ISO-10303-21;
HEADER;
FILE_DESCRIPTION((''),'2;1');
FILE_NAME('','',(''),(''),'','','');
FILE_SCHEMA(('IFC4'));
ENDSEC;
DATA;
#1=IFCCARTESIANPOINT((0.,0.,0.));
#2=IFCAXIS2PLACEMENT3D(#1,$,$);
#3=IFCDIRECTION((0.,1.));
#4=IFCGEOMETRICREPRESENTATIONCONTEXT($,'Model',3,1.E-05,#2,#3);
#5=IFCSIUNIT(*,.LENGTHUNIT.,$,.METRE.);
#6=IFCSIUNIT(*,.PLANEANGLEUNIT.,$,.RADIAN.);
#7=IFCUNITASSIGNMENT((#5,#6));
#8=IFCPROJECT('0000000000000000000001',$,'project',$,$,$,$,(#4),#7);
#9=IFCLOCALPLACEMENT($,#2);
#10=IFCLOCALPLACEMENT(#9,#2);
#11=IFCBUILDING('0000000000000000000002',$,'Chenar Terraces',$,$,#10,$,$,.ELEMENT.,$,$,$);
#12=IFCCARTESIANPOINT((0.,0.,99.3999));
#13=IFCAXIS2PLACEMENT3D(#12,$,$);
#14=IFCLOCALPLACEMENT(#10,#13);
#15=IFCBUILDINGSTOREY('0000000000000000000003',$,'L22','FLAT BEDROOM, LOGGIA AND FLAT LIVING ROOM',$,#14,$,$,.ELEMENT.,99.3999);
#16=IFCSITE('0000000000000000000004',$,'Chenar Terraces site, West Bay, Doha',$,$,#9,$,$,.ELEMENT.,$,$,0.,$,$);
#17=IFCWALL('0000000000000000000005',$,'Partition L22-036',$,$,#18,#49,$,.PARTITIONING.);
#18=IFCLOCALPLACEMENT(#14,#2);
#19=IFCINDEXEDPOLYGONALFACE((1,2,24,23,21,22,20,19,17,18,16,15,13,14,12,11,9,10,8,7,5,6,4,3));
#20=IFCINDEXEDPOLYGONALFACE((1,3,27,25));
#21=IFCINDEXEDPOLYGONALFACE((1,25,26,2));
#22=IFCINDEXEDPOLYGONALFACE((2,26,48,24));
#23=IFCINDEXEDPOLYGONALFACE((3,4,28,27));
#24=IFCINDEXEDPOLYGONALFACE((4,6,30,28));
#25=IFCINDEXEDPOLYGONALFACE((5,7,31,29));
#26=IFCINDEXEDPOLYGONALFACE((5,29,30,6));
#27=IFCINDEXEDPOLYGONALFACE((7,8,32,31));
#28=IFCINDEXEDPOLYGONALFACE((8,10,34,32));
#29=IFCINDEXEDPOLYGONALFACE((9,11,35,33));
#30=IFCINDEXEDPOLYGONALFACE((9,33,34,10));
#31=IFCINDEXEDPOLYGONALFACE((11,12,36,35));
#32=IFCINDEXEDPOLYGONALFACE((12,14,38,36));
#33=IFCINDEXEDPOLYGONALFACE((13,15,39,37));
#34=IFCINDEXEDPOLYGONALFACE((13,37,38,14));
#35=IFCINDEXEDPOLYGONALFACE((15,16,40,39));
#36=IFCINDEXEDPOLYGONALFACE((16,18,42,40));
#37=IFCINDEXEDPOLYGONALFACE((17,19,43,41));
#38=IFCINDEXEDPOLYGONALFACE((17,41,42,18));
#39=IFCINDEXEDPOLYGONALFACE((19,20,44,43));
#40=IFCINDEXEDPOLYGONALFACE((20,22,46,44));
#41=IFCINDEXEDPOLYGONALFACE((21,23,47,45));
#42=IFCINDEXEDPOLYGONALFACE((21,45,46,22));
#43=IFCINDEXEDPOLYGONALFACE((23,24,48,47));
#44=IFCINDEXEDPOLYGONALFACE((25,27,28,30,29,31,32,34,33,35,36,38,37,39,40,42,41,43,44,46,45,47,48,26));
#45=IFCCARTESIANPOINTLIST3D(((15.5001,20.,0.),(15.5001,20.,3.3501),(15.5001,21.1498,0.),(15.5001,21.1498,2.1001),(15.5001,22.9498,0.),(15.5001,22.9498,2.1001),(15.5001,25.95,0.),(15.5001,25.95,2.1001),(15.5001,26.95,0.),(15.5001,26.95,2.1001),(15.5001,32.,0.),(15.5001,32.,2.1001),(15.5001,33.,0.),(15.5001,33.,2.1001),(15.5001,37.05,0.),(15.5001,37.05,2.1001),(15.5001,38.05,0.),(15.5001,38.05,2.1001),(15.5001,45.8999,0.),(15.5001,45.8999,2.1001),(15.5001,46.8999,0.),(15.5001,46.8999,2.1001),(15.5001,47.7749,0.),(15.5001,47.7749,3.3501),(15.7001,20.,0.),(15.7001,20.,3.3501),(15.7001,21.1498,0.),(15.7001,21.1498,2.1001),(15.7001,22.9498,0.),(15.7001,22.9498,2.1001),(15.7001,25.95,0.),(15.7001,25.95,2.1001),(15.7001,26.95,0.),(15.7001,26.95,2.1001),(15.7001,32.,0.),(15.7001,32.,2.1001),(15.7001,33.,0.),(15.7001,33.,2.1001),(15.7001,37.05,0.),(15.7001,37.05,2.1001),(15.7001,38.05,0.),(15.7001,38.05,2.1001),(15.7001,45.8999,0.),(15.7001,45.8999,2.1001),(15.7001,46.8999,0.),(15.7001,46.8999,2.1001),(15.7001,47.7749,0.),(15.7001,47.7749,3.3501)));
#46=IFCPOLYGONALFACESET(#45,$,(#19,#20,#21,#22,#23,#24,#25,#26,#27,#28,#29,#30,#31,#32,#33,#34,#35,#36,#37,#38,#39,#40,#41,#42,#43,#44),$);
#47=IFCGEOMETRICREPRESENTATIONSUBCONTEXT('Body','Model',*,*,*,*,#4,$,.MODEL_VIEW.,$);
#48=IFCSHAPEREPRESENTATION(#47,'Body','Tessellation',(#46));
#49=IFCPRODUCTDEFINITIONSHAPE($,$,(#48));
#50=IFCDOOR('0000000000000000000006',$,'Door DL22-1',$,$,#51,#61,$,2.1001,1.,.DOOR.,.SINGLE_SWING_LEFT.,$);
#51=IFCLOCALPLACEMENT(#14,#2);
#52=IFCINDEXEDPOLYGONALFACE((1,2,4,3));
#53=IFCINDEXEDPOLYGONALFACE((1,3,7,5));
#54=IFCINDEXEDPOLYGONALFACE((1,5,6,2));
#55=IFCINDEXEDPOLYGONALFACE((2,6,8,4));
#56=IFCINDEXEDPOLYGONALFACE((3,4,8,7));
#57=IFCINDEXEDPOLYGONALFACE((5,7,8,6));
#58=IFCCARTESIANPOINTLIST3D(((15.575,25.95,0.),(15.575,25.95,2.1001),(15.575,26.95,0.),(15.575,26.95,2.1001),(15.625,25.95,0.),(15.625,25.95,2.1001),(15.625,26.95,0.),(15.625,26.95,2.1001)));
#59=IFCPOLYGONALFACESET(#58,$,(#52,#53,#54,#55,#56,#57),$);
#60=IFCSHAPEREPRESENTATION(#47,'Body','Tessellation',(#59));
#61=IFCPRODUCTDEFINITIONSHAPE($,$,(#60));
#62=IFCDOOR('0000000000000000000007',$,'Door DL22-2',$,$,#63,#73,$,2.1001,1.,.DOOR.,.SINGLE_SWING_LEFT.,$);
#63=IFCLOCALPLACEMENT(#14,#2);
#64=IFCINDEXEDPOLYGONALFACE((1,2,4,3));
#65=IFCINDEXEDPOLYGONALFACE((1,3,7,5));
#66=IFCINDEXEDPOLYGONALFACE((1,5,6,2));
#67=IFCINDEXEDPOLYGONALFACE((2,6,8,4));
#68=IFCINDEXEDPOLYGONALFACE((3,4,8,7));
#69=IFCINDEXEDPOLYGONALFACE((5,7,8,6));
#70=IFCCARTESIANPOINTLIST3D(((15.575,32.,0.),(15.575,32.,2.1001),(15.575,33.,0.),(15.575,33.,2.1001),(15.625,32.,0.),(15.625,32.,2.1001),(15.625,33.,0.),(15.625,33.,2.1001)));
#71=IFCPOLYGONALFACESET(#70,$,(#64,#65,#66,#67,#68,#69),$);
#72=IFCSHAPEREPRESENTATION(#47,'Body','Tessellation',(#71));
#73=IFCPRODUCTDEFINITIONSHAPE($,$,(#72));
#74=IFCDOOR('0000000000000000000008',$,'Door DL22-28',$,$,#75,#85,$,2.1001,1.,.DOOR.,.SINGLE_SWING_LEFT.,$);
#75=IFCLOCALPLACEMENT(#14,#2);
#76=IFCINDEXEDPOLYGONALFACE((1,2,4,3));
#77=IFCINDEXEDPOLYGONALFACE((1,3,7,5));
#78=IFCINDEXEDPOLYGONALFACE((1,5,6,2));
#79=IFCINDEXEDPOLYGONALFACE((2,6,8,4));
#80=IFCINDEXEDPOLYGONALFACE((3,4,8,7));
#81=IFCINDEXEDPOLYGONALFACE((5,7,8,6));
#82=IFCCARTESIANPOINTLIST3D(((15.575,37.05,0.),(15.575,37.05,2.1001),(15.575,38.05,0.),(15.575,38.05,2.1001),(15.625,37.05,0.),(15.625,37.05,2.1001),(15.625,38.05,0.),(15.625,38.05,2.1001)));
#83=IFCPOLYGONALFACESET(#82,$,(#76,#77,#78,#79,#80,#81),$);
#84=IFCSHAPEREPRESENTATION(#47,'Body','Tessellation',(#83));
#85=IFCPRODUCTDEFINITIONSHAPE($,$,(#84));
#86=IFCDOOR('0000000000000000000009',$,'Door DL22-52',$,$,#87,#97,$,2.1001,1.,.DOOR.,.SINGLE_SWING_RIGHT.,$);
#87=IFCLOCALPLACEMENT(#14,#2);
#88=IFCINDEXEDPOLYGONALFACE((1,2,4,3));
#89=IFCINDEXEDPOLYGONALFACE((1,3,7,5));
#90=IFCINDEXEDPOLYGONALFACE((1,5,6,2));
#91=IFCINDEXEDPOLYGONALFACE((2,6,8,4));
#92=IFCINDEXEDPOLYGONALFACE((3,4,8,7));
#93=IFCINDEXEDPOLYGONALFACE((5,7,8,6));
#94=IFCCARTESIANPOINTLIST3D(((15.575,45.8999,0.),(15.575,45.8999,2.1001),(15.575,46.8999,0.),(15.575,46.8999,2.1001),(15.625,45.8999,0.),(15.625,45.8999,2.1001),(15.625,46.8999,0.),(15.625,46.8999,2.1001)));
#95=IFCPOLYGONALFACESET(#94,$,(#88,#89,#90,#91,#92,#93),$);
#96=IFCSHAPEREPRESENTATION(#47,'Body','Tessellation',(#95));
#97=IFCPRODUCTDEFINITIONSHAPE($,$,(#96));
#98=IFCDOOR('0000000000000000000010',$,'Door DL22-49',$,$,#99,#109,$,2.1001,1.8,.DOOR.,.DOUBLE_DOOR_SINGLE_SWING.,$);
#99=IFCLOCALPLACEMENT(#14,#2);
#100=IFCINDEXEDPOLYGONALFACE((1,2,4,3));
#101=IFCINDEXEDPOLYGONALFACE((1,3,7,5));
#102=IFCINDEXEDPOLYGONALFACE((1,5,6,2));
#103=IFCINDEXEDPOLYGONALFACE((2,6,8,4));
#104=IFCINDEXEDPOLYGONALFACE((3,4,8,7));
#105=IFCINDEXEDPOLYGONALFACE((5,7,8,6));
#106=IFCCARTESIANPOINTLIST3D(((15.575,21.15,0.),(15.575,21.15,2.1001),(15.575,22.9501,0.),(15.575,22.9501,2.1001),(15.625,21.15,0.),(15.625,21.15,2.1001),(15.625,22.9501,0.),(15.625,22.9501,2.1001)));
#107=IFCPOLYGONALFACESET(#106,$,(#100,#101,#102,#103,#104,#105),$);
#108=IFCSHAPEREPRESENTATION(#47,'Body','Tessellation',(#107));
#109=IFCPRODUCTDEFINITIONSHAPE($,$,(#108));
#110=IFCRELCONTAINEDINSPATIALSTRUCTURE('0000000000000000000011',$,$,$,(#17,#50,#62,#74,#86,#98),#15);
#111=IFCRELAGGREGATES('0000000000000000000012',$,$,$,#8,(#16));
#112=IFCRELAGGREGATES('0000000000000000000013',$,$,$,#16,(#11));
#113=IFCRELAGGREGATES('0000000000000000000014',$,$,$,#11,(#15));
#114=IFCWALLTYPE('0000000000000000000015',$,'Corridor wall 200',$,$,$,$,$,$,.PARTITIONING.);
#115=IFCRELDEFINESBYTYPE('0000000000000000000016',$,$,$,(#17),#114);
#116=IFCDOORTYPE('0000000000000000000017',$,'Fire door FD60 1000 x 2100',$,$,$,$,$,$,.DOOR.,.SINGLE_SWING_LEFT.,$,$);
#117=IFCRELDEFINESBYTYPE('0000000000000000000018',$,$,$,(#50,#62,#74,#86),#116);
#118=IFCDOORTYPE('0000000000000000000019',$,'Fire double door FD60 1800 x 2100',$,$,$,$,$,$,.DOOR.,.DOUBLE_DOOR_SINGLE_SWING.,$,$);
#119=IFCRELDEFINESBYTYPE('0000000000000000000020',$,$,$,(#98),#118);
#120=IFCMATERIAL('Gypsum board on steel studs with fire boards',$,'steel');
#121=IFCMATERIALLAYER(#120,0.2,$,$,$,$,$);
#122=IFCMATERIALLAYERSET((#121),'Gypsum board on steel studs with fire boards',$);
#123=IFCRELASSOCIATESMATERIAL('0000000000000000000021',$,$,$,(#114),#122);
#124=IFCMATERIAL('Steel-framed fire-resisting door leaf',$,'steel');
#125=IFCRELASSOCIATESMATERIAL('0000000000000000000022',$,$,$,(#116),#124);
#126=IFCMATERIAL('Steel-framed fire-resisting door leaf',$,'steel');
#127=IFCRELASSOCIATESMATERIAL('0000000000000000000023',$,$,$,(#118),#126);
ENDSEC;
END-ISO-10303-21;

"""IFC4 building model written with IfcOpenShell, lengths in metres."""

from ifc_helpers import new_model, si_unit, direction, frame, frame_2d, origin, place, context, subcontext, project, spatial, rectangle, extrude, material, layer, layer_set, type_object, element, fill, save


model = new_model("IFC4")

# Units and contexts
model_context = context("Model", 3, precision=1e-05, world=origin(), true_north=direction((0.0, 1.0)))
body_context = subcontext(model_context, "Body", "Model", "MODEL_VIEW")
ifc_project = project(units=[si_unit("LENGTHUNIT", "METRE"), si_unit("PLANEANGLEUNIT", "RADIAN")], contexts=[model_context])

# Site, building, storey
site_placement = place(None, origin())
site = spatial("IfcSite", under=ifc_project, at=site_placement, Name="Chenar Terraces site, West Bay, Doha", CompositionType="ELEMENT", RefElevation=0.0)
building_placement = place(site_placement, origin())
building = spatial("IfcBuilding", under=site, at=building_placement, Name="Chenar Terraces", CompositionType="ELEMENT")
storey_placement = place(building_placement, frame((0.0, 0.0, 99.3999)))
storey = spatial("IfcBuildingStorey", under=building, at=storey_placement, Name="L22", Description="FLAT BEDROOM, LOGGIA AND FLAT LIVING ROOM", CompositionType="ELEMENT", Elevation=99.3999)

# Wall, openings, doors
ifc_material_1 = material(Name="Gypsum board on steel studs with fire boards", Category="steel")
ifc_layer_1 = layer(ifc_material_1, 0.2)
ifc_layer_set_1 = layer_set([ifc_layer_1], Name="Gypsum board on steel studs with fire boards")
wall_type_1 = type_object("IfcWallType", Name="Corridor wall 200", PredefinedType="PARTITIONING", material=ifc_layer_set_1)
wall_1_placement = place(storey_placement, frame((15.6001, 20.0, 0.0), z_axis=(0.0, 0.0, 1.0), x_axis=(0.0, 1.0, 0.0)))
wall_1 = element("IfcWall", 1, at=wall_1_placement, inside=storey, type_object=wall_type_1, Name="Partition L22-036", PredefinedType="PARTITIONING", context=body_context, shape_type="SweptSolid", body=[
    extrude(rectangle(XDim=27.7749, YDim=0.2, at=frame_2d((13.8875, 0.0))), origin(), (0.0, 0.0, 1.0), 3.3501),
])
opening_1_placement = place(wall_1_placement, frame((5.95, 0.0, 0.0)))
opening_1 = element("IfcOpeningElement", 2, at=opening_1_placement, cuts=wall_1, PredefinedType="OPENING", context=body_context, shape_type="SweptSolid", body=[
    extrude(rectangle(XDim=1.0, YDim=2.1001, at=frame_2d((0.5, 1.05))), frame((0.0, 0.1099, 0.0), z_axis=(0.0, -1.0, 0.0), x_axis=(1.0, 0.0, 0.0)), (0.0, 0.0, 1.0), 0.22),
])
opening_2_placement = place(wall_1_placement, frame((12.0, 0.0, 0.0)))
opening_2 = element("IfcOpeningElement", 3, at=opening_2_placement, cuts=wall_1, PredefinedType="OPENING", context=body_context, shape_type="SweptSolid", body=[
    extrude(rectangle(XDim=1.0, YDim=2.1001, at=frame_2d((0.5, 1.05))), frame((0.0, 0.1099, 0.0), z_axis=(0.0, -1.0, 0.0), x_axis=(1.0, 0.0, 0.0)), (0.0, 0.0, 1.0), 0.22),
])
opening_3_placement = place(wall_1_placement, frame((17.05, 0.0, 0.0)))
opening_3 = element("IfcOpeningElement", 4, at=opening_3_placement, cuts=wall_1, PredefinedType="OPENING", context=body_context, shape_type="SweptSolid", body=[
    extrude(rectangle(XDim=1.0, YDim=2.1001, at=frame_2d((0.5, 1.05))), frame((0.0, 0.1099, 0.0), z_axis=(0.0, -1.0, 0.0), x_axis=(1.0, 0.0, 0.0)), (0.0, 0.0, 1.0), 0.22),
])
opening_4_placement = place(wall_1_placement, frame((1.1499, 0.0, 0.0)))
opening_4 = element("IfcOpeningElement", 5, at=opening_4_placement, cuts=wall_1, PredefinedType="OPENING", context=body_context, shape_type="SweptSolid", body=[
    extrude(rectangle(XDim=1.8, YDim=2.1001, at=frame_2d((0.8999, 1.05))), frame((0.0, 0.1099, 0.0), z_axis=(0.0, -1.0, 0.0), x_axis=(1.0, 0.0, 0.0)), (0.0, 0.0, 1.0), 0.22),
])
opening_5_placement = place(wall_1_placement, frame((25.8999, 0.0, 0.0)))
opening_5 = element("IfcOpeningElement", 6, at=opening_5_placement, cuts=wall_1, PredefinedType="OPENING", context=body_context, shape_type="SweptSolid", body=[
    extrude(rectangle(XDim=1.0, YDim=2.1001, at=frame_2d((0.5, 1.05))), frame((0.0, 0.1099, 0.0), z_axis=(0.0, -1.0, 0.0), x_axis=(1.0, 0.0, 0.0)), (0.0, 0.0, 1.0), 0.22),
])
ifc_material_2 = material(Name="Steel-framed fire-resisting door leaf", Category="steel")
door_type_1 = type_object("IfcDoorType", Name="Fire door FD60 1000 x 2100", OperationType="SINGLE_SWING_LEFT", PredefinedType="DOOR", material=ifc_material_2)
door_1_placement = place(opening_1_placement, frame((1.0, 0.0, 0.0), z_axis=(0.0, 0.0, 1.0), x_axis=(-1.0, 0.0, 0.0)))
door_1 = element("IfcDoor", 7, at=door_1_placement, inside=storey, type_object=door_type_1, Name="Door DL22-1", OperationType="SINGLE_SWING_LEFT", OverallHeight=2.1001, OverallWidth=1.0, PredefinedType="DOOR", context=body_context, shape_type="SweptSolid", body=[
    extrude(rectangle(XDim=1.0, YDim=2.1001, at=frame_2d((0.5, 1.05))), frame((0.0, 0.0249, 0.0), z_axis=(0.0, -1.0, 0.0), x_axis=(1.0, 0.0, 0.0)), (0.0, 0.0, 1.0), 0.05),
])
fill(opening_1, door_1)
door_2_placement = place(opening_2_placement, frame((1.0, 0.0, 0.0), z_axis=(0.0, 0.0, 1.0), x_axis=(-1.0, 0.0, 0.0)))
door_2 = element("IfcDoor", 8, at=door_2_placement, inside=storey, type_object=door_type_1, Name="Door DL22-2", OperationType="SINGLE_SWING_LEFT", OverallHeight=2.1001, OverallWidth=1.0, PredefinedType="DOOR", context=body_context, shape_type="SweptSolid", body=[
    extrude(rectangle(XDim=1.0, YDim=2.1001, at=frame_2d((0.5, 1.05))), frame((0.0, 0.0249, 0.0), z_axis=(0.0, -1.0, 0.0), x_axis=(1.0, 0.0, 0.0)), (0.0, 0.0, 1.0), 0.05),
])
fill(opening_2, door_2)
door_3_placement = place(opening_3_placement, frame((1.0, 0.0, 0.0), z_axis=(0.0, 0.0, 1.0), x_axis=(-1.0, 0.0, 0.0)))
door_3 = element("IfcDoor", 9, at=door_3_placement, inside=storey, type_object=door_type_1, Name="Door DL22-28", OperationType="SINGLE_SWING_LEFT", OverallHeight=2.1001, OverallWidth=1.0, PredefinedType="DOOR", context=body_context, shape_type="SweptSolid", body=[
    extrude(rectangle(XDim=1.0, YDim=2.1001, at=frame_2d((0.5, 1.05))), frame((0.0, 0.0249, 0.0), z_axis=(0.0, -1.0, 0.0), x_axis=(1.0, 0.0, 0.0)), (0.0, 0.0, 1.0), 0.05),
])
fill(opening_3, door_3)
door_4_placement = place(opening_5_placement, frame((1.0, 0.0, 0.0), z_axis=(0.0, 0.0, 1.0), x_axis=(-1.0, 0.0, 0.0)))
door_4 = element("IfcDoor", 10, at=door_4_placement, inside=storey, type_object=door_type_1, Name="Door DL22-52", OperationType="SINGLE_SWING_RIGHT", OverallHeight=2.1001, OverallWidth=1.0, PredefinedType="DOOR", context=body_context, shape_type="SweptSolid", body=[
    extrude(rectangle(XDim=1.0, YDim=2.1001, at=frame_2d((0.5, 1.05))), frame((0.0, 0.0249, 0.0), z_axis=(0.0, -1.0, 0.0), x_axis=(1.0, 0.0, 0.0)), (0.0, 0.0, 1.0), 0.05),
])
fill(opening_5, door_4)
ifc_material_3 = material(Name="Steel-framed fire-resisting door leaf", Category="steel")
door_type_2 = type_object("IfcDoorType", Name="Fire double door FD60 1800 x 2100", OperationType="DOUBLE_DOOR_SINGLE_SWING", PredefinedType="DOOR", material=ifc_material_3)
door_5_placement = place(opening_4_placement, frame((1.8, 0.0, 0.0), z_axis=(0.0, 0.0, 1.0), x_axis=(-1.0, 0.0, 0.0)))
door_5 = element("IfcDoor", 11, at=door_5_placement, inside=storey, type_object=door_type_2, Name="Door DL22-49", OperationType="DOUBLE_DOOR_SINGLE_SWING", OverallHeight=2.1001, OverallWidth=1.8, PredefinedType="DOOR", context=body_context, shape_type="SweptSolid", body=[
    extrude(rectangle(XDim=1.8, YDim=2.1001, at=frame_2d((0.8999, 1.05))), frame((0.0, 0.0249, 0.0), z_axis=(0.0, -1.0, 0.0), x_axis=(1.0, 0.0, 0.0)), (0.0, 0.0, 1.0), 0.05),
])
fill(opening_4, door_5)

save(model, "model.ifc")
